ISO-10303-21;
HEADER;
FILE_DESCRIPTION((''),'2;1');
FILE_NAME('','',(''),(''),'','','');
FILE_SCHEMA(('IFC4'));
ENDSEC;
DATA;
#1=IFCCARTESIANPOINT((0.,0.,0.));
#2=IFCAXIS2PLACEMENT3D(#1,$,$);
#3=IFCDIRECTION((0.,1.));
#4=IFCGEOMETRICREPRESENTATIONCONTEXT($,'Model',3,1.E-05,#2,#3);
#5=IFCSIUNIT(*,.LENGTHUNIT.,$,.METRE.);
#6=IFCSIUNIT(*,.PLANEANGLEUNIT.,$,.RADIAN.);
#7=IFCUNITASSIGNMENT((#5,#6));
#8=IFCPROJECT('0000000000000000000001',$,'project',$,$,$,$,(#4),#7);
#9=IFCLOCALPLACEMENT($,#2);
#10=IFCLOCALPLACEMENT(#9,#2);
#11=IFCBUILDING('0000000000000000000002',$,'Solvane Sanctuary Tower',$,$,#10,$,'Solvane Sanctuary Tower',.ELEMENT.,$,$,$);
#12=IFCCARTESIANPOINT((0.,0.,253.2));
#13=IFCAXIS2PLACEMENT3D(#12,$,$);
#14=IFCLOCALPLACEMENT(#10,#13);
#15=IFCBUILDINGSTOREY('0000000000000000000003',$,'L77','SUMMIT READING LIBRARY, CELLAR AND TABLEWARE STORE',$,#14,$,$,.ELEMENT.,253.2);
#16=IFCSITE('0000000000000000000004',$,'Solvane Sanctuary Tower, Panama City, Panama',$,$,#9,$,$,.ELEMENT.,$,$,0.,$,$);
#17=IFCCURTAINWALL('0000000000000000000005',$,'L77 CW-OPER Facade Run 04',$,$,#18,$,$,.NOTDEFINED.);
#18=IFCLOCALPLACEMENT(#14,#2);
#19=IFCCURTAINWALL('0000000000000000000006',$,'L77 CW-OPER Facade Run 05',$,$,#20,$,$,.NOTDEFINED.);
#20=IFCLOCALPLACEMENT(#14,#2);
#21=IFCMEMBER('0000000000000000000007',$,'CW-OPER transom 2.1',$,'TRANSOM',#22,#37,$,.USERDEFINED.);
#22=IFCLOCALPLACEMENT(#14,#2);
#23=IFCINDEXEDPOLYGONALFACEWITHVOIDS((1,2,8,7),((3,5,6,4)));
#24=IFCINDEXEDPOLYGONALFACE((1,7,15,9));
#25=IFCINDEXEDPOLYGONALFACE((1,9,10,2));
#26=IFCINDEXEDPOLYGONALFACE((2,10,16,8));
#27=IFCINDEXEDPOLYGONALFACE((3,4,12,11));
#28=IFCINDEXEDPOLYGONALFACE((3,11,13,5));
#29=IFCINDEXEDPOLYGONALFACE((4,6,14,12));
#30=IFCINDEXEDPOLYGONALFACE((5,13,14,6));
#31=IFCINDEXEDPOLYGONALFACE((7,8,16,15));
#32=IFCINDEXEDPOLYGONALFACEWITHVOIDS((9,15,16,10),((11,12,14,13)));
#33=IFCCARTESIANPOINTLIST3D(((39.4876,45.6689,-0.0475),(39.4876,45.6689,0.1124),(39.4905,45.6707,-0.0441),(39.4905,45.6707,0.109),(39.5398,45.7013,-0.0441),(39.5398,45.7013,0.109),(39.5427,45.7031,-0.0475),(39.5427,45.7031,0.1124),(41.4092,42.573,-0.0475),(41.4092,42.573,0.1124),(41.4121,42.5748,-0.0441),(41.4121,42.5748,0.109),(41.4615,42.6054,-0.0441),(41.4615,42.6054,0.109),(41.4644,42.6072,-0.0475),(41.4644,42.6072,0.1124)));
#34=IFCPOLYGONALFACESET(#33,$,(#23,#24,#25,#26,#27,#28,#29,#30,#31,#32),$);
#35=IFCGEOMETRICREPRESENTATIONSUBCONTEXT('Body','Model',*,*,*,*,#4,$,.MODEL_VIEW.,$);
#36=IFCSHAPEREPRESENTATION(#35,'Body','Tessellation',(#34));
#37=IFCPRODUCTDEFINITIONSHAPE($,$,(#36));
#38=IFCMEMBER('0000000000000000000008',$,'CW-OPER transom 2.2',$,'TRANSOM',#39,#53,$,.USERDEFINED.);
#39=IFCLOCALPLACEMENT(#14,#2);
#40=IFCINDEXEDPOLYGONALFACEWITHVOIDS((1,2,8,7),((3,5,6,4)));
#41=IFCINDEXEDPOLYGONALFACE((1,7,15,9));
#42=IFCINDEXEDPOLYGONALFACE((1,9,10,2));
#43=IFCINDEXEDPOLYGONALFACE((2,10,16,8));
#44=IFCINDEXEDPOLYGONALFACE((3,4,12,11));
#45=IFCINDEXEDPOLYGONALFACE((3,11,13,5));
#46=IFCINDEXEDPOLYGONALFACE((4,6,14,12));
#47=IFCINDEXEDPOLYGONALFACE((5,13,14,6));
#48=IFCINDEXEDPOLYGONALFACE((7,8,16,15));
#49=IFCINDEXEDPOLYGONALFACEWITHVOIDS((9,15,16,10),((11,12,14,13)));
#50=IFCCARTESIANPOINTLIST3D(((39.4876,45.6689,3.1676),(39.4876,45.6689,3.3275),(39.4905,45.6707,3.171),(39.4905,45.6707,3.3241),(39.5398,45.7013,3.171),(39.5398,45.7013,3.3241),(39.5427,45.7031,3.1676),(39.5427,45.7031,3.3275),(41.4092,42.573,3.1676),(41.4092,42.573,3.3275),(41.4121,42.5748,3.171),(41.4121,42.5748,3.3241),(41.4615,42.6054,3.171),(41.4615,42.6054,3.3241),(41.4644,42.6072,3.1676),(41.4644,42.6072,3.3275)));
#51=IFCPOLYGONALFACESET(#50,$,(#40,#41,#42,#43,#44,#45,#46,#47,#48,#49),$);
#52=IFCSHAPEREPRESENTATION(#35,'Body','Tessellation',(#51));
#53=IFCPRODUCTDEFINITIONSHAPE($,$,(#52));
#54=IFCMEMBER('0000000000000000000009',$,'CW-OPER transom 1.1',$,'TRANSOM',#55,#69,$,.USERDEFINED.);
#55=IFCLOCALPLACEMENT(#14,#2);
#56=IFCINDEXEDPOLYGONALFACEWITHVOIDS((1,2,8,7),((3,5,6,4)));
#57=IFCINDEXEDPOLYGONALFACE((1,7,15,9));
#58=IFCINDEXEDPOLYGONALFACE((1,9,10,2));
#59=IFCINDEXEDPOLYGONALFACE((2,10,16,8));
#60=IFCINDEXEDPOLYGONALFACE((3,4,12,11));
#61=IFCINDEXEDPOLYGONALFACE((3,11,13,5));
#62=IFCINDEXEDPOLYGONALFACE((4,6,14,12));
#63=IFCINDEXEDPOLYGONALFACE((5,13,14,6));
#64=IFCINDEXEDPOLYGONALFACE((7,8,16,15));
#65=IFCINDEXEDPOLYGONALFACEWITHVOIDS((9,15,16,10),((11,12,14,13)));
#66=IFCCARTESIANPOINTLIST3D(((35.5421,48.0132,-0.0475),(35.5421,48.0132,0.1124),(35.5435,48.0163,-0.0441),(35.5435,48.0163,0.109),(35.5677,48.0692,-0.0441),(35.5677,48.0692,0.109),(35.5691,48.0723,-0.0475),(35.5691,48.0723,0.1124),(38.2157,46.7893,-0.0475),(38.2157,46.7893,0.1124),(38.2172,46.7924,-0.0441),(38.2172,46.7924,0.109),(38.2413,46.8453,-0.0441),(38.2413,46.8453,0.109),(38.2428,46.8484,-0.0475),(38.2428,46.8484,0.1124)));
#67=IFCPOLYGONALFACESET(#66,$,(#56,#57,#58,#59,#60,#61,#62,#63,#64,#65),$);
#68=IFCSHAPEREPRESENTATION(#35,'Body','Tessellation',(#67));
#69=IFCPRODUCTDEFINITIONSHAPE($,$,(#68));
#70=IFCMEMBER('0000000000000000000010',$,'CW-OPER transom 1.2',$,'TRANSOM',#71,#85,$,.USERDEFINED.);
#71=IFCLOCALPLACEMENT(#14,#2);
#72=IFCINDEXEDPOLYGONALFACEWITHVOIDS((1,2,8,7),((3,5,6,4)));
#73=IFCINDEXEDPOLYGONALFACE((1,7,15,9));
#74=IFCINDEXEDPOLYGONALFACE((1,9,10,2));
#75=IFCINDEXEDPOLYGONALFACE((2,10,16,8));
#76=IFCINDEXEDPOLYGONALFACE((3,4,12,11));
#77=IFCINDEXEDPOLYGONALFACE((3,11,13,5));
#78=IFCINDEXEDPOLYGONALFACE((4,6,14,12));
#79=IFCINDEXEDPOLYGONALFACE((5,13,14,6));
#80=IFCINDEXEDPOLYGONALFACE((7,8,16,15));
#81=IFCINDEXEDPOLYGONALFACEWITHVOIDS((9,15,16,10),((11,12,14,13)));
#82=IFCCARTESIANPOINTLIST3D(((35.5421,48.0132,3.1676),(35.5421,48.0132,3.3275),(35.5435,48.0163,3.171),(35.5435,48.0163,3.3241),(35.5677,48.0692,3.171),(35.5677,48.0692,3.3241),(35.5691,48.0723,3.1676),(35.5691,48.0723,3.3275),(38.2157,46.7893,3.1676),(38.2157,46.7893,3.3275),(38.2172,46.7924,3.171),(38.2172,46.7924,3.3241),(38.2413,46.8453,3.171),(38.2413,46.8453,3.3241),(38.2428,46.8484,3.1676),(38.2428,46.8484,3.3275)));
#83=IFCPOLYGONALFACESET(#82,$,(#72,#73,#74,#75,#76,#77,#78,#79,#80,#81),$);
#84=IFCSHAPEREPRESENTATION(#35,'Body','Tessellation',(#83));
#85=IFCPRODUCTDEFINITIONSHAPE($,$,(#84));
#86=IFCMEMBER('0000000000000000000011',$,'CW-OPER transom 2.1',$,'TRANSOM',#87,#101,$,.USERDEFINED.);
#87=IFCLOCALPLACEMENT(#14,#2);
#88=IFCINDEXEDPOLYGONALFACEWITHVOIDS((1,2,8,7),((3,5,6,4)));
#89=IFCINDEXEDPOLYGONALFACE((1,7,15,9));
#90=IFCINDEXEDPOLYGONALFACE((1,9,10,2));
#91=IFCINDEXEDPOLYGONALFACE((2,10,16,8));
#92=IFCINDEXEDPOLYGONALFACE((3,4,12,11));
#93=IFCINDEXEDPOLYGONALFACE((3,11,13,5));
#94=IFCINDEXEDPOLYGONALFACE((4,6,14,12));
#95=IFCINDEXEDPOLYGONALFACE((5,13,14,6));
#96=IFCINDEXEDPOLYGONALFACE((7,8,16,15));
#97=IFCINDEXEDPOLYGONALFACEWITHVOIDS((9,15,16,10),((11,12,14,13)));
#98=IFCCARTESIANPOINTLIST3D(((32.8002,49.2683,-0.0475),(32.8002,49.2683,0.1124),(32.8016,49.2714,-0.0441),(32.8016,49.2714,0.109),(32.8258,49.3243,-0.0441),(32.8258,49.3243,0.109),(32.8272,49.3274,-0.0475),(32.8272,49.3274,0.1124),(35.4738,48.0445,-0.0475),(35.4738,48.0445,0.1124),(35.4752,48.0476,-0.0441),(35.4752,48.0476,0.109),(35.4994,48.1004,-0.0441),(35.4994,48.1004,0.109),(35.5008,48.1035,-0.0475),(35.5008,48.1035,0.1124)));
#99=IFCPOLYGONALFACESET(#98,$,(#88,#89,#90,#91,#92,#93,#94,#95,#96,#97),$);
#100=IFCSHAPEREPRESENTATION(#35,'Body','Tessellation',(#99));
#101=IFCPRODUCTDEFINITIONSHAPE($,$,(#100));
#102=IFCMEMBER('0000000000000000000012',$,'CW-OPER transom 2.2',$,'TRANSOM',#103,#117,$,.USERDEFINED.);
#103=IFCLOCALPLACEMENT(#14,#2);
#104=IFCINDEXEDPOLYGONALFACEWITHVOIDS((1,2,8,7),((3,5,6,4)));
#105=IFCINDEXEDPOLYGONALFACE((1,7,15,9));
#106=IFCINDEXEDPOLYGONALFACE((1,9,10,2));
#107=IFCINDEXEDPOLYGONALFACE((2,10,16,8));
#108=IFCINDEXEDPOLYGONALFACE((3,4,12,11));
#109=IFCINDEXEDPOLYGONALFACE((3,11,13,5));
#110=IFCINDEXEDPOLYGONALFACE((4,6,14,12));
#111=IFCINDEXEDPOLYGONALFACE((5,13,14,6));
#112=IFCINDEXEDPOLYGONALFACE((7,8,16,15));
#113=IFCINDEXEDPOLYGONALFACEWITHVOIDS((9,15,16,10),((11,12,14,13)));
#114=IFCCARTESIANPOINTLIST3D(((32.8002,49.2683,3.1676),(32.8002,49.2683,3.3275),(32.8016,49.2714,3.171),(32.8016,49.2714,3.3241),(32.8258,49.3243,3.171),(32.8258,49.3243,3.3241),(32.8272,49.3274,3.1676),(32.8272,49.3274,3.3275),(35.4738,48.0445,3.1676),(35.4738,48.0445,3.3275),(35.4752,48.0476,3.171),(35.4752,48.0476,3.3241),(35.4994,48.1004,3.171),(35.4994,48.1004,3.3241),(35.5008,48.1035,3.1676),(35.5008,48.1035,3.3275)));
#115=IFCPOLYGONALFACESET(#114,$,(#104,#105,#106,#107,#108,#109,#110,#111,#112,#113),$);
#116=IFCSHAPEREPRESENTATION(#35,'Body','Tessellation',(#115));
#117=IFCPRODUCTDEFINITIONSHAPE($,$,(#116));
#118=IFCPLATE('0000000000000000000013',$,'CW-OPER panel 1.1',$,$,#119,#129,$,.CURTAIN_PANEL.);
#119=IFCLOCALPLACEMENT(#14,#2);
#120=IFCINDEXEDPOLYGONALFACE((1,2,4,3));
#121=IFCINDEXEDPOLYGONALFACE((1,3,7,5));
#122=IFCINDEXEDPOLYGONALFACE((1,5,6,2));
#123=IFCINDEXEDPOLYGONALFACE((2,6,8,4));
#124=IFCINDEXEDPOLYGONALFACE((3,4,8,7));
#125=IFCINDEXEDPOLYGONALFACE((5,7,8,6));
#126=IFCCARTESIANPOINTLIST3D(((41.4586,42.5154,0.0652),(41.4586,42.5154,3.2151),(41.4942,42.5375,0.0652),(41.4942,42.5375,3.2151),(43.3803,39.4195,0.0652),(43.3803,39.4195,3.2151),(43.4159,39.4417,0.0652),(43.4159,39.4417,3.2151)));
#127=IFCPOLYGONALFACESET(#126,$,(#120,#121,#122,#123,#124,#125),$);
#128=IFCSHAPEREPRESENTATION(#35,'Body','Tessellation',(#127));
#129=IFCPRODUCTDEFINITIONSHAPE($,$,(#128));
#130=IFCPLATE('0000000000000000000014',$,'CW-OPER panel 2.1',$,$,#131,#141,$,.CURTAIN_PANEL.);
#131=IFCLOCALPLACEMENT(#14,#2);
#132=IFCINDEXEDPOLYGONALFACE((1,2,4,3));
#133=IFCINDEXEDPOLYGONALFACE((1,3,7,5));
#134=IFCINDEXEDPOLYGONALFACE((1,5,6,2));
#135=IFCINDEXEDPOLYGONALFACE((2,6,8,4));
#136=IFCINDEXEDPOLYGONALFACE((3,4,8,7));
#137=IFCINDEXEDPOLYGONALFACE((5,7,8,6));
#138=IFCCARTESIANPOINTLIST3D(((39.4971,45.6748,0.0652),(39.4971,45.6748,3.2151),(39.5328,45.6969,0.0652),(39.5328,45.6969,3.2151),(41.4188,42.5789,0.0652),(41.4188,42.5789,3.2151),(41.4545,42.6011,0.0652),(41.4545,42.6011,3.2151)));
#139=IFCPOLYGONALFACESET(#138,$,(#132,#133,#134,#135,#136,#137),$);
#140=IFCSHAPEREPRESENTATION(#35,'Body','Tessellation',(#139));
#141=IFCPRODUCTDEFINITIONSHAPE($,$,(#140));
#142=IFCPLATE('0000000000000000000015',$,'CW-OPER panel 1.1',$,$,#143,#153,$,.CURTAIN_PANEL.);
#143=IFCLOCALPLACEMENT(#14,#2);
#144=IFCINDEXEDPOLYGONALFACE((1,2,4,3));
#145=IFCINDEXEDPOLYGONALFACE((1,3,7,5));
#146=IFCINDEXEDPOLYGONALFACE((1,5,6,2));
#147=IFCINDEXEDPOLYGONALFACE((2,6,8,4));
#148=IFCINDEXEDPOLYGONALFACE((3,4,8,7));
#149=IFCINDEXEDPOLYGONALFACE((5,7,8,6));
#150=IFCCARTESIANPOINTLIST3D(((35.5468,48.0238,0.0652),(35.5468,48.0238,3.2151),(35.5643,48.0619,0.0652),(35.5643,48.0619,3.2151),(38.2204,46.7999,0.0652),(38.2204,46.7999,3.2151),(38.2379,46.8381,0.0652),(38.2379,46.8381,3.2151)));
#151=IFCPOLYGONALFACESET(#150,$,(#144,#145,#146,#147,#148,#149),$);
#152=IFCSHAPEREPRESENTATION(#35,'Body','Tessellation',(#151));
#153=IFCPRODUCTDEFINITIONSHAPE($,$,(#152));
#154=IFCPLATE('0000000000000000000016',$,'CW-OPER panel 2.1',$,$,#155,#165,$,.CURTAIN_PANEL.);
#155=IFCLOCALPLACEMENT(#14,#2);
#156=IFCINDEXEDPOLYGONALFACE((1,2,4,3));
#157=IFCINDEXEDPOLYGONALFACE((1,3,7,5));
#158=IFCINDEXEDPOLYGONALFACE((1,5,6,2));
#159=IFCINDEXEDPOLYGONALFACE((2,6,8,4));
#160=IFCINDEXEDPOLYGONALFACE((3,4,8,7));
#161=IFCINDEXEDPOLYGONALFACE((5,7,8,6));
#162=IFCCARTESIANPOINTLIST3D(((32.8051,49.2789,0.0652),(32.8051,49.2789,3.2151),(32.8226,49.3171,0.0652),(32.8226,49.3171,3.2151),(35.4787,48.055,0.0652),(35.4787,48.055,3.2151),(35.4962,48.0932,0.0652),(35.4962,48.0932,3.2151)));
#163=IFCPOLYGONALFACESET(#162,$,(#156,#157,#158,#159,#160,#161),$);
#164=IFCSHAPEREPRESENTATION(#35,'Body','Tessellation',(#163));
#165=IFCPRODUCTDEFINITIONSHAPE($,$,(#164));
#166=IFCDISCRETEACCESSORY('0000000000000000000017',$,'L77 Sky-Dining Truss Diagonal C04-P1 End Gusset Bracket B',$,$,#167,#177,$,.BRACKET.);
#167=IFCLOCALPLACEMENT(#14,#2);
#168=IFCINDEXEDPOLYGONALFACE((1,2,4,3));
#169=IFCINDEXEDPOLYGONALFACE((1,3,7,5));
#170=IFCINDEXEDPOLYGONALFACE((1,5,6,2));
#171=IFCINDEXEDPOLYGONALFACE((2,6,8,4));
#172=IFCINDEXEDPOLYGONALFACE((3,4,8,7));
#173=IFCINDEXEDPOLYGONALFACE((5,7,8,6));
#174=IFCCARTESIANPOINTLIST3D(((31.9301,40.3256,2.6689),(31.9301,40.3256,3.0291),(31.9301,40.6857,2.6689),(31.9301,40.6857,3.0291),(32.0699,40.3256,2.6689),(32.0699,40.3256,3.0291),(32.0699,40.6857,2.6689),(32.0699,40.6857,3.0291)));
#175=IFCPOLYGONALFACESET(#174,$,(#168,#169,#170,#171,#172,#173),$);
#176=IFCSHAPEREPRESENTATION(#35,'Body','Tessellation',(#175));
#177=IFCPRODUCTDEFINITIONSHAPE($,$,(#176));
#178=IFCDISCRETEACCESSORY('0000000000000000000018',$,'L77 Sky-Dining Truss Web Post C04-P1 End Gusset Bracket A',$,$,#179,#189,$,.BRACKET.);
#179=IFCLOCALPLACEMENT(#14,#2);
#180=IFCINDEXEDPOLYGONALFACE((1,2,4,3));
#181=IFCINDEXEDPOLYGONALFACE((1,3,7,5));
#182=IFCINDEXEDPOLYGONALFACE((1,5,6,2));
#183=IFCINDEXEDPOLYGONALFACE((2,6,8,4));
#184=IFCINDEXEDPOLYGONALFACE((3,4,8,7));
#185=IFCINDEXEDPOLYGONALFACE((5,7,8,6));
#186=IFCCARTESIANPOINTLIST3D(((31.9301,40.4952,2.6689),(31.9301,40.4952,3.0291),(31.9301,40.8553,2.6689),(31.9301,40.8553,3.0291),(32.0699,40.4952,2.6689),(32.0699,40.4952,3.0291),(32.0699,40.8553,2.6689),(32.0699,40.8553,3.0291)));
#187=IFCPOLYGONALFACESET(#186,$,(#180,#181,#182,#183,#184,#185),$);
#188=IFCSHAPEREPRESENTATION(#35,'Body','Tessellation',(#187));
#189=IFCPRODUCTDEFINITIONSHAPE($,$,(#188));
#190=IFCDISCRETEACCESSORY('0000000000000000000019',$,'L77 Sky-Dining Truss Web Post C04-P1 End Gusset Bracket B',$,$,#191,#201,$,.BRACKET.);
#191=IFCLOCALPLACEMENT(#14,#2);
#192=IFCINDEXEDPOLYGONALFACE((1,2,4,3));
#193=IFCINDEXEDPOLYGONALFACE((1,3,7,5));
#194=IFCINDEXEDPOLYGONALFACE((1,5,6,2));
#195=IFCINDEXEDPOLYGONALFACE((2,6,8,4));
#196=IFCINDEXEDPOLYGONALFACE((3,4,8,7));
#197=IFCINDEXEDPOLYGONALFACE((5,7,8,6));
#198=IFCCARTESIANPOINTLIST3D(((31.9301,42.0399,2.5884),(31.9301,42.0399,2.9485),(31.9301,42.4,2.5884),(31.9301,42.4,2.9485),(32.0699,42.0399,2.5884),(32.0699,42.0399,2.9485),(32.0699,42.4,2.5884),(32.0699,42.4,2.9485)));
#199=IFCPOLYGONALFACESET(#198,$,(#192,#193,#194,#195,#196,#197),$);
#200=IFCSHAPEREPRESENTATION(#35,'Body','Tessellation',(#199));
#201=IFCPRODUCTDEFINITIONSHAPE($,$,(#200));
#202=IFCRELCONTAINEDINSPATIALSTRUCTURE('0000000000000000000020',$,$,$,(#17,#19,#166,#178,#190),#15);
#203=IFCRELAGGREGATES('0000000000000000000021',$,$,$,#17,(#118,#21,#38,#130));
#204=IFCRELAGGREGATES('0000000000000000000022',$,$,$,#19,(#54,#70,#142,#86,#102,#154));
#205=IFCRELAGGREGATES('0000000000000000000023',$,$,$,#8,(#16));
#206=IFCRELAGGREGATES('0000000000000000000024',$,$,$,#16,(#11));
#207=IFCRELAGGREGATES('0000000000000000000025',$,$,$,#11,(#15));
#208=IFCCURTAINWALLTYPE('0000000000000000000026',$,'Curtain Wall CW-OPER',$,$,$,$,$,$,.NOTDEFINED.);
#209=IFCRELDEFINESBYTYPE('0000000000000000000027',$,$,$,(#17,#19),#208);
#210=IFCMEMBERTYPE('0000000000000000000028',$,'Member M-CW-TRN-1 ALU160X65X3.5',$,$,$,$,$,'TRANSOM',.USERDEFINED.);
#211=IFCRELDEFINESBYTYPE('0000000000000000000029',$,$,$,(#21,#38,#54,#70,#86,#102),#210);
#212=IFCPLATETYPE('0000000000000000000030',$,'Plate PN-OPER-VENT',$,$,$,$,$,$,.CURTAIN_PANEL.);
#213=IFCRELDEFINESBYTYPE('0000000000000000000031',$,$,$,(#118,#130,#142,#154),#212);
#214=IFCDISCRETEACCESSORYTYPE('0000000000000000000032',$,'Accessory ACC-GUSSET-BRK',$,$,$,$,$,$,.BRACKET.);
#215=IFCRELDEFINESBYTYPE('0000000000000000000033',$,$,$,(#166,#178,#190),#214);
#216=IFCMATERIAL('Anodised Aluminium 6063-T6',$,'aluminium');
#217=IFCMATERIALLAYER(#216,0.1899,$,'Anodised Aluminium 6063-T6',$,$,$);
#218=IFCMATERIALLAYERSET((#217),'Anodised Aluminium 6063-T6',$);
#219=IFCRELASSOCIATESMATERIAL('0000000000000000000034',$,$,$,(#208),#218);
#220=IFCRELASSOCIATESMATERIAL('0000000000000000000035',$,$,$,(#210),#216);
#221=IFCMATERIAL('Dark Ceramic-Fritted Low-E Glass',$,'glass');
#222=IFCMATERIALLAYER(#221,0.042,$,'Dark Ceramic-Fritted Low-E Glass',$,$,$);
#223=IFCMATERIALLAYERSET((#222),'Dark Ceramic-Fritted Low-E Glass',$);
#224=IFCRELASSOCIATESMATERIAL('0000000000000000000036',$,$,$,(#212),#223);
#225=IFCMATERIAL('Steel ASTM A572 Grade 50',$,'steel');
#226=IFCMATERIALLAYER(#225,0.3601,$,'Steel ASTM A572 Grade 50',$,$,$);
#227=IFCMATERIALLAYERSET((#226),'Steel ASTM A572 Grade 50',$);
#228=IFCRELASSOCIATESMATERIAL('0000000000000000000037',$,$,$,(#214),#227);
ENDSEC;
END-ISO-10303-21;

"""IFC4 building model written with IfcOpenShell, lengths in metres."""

from ifc_helpers import new_model, si_unit, direction, frame, origin, origin_2d, place, context, subcontext, project, spatial, rectangle, hollow_rectangle, extrude, material, layer, layer_set, material_profile, profile_set, type_object, element, aggregate, save


model = new_model("IFC4")

# Units and contexts
model_context = context("Model", 3, precision=1e-05, world=origin(), true_north=direction((0.0, 1.0)))
body_context = subcontext(model_context, "Body", "Model", "MODEL_VIEW")
ifc_project = project(units=[si_unit("LENGTHUNIT", "METRE"), si_unit("PLANEANGLEUNIT", "RADIAN")], contexts=[model_context])

# Site, building, storey
site_placement = place(None, origin())
site = spatial("IfcSite", under=ifc_project, at=site_placement, Name="Solvane Sanctuary Tower, Panama City, Panama", CompositionType="ELEMENT", RefElevation=0.0)
building_placement = place(site_placement, origin())
building = spatial("IfcBuilding", under=site, at=building_placement, Name="Solvane Sanctuary Tower", LongName="Solvane Sanctuary Tower", CompositionType="ELEMENT")
storey_placement = place(building_placement, frame((0.0, 0.0, 253.2)))
storey = spatial("IfcBuildingStorey", under=building, at=storey_placement, Name="L77", Description="SUMMIT READING LIBRARY, CELLAR AND TABLEWARE STORE", CompositionType="ELEMENT", Elevation=253.2)

# Curtain walls
ifc_material_1 = material(Name="Anodised Aluminium 6063-T6", Category="aluminium")
ifc_layer_1 = layer(ifc_material_1, 0.1899, Name="Anodised Aluminium 6063-T6")
ifc_layer_set_1 = layer_set([ifc_layer_1], Name="Anodised Aluminium 6063-T6")
curtain_wall_type = type_object("IfcCurtainWallType", Name="Curtain Wall CW-OPER", PredefinedType="NOTDEFINED", material=ifc_layer_set_1)
curtain_wall_1_placement = place(storey_placement, origin())
curtain_wall_1 = element("IfcCurtainWall", 1, at=curtain_wall_1_placement, inside=storey, type_object=curtain_wall_type, Name="L77 CW-OPER Facade Run 04", PredefinedType="NOTDEFINED")
curtain_wall_2_placement = place(storey_placement, origin())
curtain_wall_2 = element("IfcCurtainWall", 2, at=curtain_wall_2_placement, inside=storey, type_object=curtain_wall_type, Name="L77 CW-OPER Facade Run 05", PredefinedType="NOTDEFINED")

# Members
ifc_material_profile_1 = material_profile(ifc_material_1, hollow_rectangle(XDim=0.0649, YDim=0.1599, WallThickness=0.0034, at=origin_2d()), Name="ALU160X65X3.5")
ifc_profile_set_1 = profile_set([ifc_material_profile_1], Name="Anodised Aluminium 6063-T6")
member_type_1 = type_object("IfcMemberType", Name="Member M-CW-TRN-1 ALU160X65X3.5", ElementType="TRANSOM", PredefinedType="USERDEFINED", material=ifc_profile_set_1)
member_1_placement = place(storey_placement, frame((41.4368, 42.5901, 0.0325), z_axis=(-0.527365, 0.849639, 0.0), x_axis=(-0.849639, -0.527365, 0.0)))
member_1 = element("IfcMember", 3, at=member_1_placement, type_object=member_type_1, Name="CW-OPER transom 2.1", ObjectType="TRANSOM", PredefinedType="USERDEFINED", context=body_context, shape_type="SweptSolid", body=[
    extrude(hollow_rectangle(XDim=0.0649, YDim=0.1599, WallThickness=0.0034, at=origin_2d()), origin(), (0.0, 0.0, 1.0), 3.6438),
])
member_2_placement = place(storey_placement, frame((41.4368, 42.5901, 3.2476), z_axis=(-0.527365, 0.849639, 0.0), x_axis=(-0.849639, -0.527365, 0.0)))
member_2 = element("IfcMember", 4, at=member_2_placement, type_object=member_type_1, Name="CW-OPER transom 2.2", ObjectType="TRANSOM", PredefinedType="USERDEFINED", context=body_context, shape_type="SweptSolid", body=[
    extrude(hollow_rectangle(XDim=0.0649, YDim=0.1599, WallThickness=0.0034, at=origin_2d()), origin(), (0.0, 0.0, 1.0), 3.6438),
])
member_3_placement = place(storey_placement, frame((38.2292, 46.8188, 0.0325), z_axis=(-0.90926, 0.416229, 0.0), x_axis=(-0.416229, -0.90926, 0.0)))
member_3 = element("IfcMember", 5, at=member_3_placement, type_object=member_type_1, Name="CW-OPER transom 1.1", ObjectType="TRANSOM", PredefinedType="USERDEFINED", context=body_context, shape_type="SweptSolid", body=[
    extrude(hollow_rectangle(XDim=0.0649, YDim=0.1599, WallThickness=0.0034, at=origin_2d()), origin(), (0.0, 0.0, 1.0), 2.9404),
])
member_4_placement = place(storey_placement, frame((38.2292, 46.8188, 3.2476), z_axis=(-0.90926, 0.416229, 0.0), x_axis=(-0.416229, -0.90926, 0.0)))
member_4 = element("IfcMember", 6, at=member_4_placement, type_object=member_type_1, Name="CW-OPER transom 1.2", ObjectType="TRANSOM", PredefinedType="USERDEFINED", context=body_context, shape_type="SweptSolid", body=[
    extrude(hollow_rectangle(XDim=0.0649, YDim=0.1599, WallThickness=0.0034, at=origin_2d()), origin(), (0.0, 0.0, 1.0), 2.9404),
])
member_5_placement = place(storey_placement, frame((35.4873, 48.074, 0.0325), z_axis=(-0.90926, 0.416229, 0.0), x_axis=(-0.416229, -0.90926, 0.0)))
member_5 = element("IfcMember", 7, at=member_5_placement, type_object=member_type_1, Name="CW-OPER transom 2.1", ObjectType="TRANSOM", PredefinedType="USERDEFINED", context=body_context, shape_type="SweptSolid", body=[
    extrude(hollow_rectangle(XDim=0.0649, YDim=0.1599, WallThickness=0.0034, at=origin_2d()), origin(), (0.0, 0.0, 1.0), 2.9404),
])
member_6_placement = place(storey_placement, frame((35.4873, 48.074, 3.2476), z_axis=(-0.90926, 0.416229, 0.0), x_axis=(-0.416229, -0.90926, 0.0)))
member_6 = element("IfcMember", 8, at=member_6_placement, type_object=member_type_1, Name="CW-OPER transom 2.2", ObjectType="TRANSOM", PredefinedType="USERDEFINED", context=body_context, shape_type="SweptSolid", body=[
    extrude(hollow_rectangle(XDim=0.0649, YDim=0.1599, WallThickness=0.0034, at=origin_2d()), origin(), (0.0, 0.0, 1.0), 2.9404),
])

# Plates
ifc_material_2 = material(Name="Dark Ceramic-Fritted Low-E Glass", Category="glass")
ifc_layer_2 = layer(ifc_material_2, 0.042, Name="Dark Ceramic-Fritted Low-E Glass")
ifc_layer_set_2 = layer_set([ifc_layer_2], Name="Dark Ceramic-Fritted Low-E Glass")
plate_type = type_object("IfcPlateType", Name="Plate PN-OPER-VENT", PredefinedType="CURTAIN_PANEL", material=ifc_layer_set_2)
plate_1_placement = place(storey_placement, frame((42.4373, 40.9785, 0.0652), z_axis=(0.0, 0.0, 1.0), x_axis=(-0.527392, 0.849622, 0.0)))
plate_1 = element("IfcPlate", 9, at=plate_1_placement, type_object=plate_type, Name="CW-OPER panel 1.1", PredefinedType="CURTAIN_PANEL", context=body_context, shape_type="SweptSolid", body=[
    extrude(rectangle(XDim=3.6438, YDim=0.042, at=origin_2d()), origin(), (0.0, 0.0, 1.0), 3.1499),
])
plate_2_placement = place(storey_placement, frame((40.4758, 44.1379, 0.0652), z_axis=(0.0, 0.0, 1.0), x_axis=(-0.527392, 0.849622, 0.0)))
plate_2 = element("IfcPlate", 10, at=plate_2_placement, type_object=plate_type, Name="CW-OPER panel 2.1", PredefinedType="CURTAIN_PANEL", context=body_context, shape_type="SweptSolid", body=[
    extrude(rectangle(XDim=3.6438, YDim=0.042, at=origin_2d()), origin(), (0.0, 0.0, 1.0), 3.1499),
])
aggregate(curtain_wall_1, [plate_1, member_1, member_2, plate_2])
plate_3_placement = place(storey_placement, frame((36.8923, 47.4309, 0.0652), z_axis=(0.0, 0.0, 1.0), x_axis=(-0.909262, 0.416225, 0.0)))
plate_3 = element("IfcPlate", 11, at=plate_3_placement, type_object=plate_type, Name="CW-OPER panel 1.1", PredefinedType="CURTAIN_PANEL", context=body_context, shape_type="SweptSolid", body=[
    extrude(rectangle(XDim=2.9404, YDim=0.042, at=origin_2d()), origin(), (0.0, 0.0, 1.0), 3.1499),
])
plate_4_placement = place(storey_placement, frame((34.1506, 48.686, 0.0652), z_axis=(0.0, 0.0, 1.0), x_axis=(-0.909262, 0.416225, 0.0)))
plate_4 = element("IfcPlate", 12, at=plate_4_placement, type_object=plate_type, Name="CW-OPER panel 2.1", PredefinedType="CURTAIN_PANEL", context=body_context, shape_type="SweptSolid", body=[
    extrude(rectangle(XDim=2.9404, YDim=0.042, at=origin_2d()), origin(), (0.0, 0.0, 1.0), 3.1499),
])
aggregate(curtain_wall_2, [member_3, member_4, plate_3, member_5, member_6, plate_4])

# Discrete accessories
ifc_material_3 = material(Name="Steel ASTM A572 Grade 50", Category="steel")
ifc_layer_3 = layer(ifc_material_3, 0.3601, Name="Steel ASTM A572 Grade 50")
ifc_layer_set_3 = layer_set([ifc_layer_3], Name="Steel ASTM A572 Grade 50")
discrete_accessory_type = type_object("IfcDiscreteAccessoryType", Name="Accessory ACC-GUSSET-BRK", PredefinedType="BRACKET", material=ifc_layer_set_3)
for number, where, z_axis, x_axis, name in (
    (13, (32.0, 40.5056, 2.6689), (0.0, 0.0, 1.0), (0.0, 1.0, 0.0), "L77 Sky-Dining Truss Diagonal C04-P1 End Gusset Bracket B"),
    (14, (32.0, 40.6753, 2.6689), (0.0, 0.0, 1.0), (0.0, 1.0, 0.0), "L77 Sky-Dining Truss Web Post C04-P1 End Gusset Bracket A"),
    (15, (32.0, 42.22, 2.5884), (0.0, 0.0, 1.0), (0.0, 1.0, 0.0), "L77 Sky-Dining Truss Web Post C04-P1 End Gusset Bracket B"),
):
    element("IfcDiscreteAccessory", number, at=place(storey_placement, frame(where, z_axis=z_axis, x_axis=x_axis)), inside=storey, type_object=discrete_accessory_type, Name=name, PredefinedType="BRACKET", context=body_context, shape_type="SweptSolid", body=[
        extrude(rectangle(XDim=0.3601, YDim=0.1399, at=origin_2d()), origin(), (0.0, 0.0, 1.0), 0.3601),
    ])

save(model, "model.ifc")
